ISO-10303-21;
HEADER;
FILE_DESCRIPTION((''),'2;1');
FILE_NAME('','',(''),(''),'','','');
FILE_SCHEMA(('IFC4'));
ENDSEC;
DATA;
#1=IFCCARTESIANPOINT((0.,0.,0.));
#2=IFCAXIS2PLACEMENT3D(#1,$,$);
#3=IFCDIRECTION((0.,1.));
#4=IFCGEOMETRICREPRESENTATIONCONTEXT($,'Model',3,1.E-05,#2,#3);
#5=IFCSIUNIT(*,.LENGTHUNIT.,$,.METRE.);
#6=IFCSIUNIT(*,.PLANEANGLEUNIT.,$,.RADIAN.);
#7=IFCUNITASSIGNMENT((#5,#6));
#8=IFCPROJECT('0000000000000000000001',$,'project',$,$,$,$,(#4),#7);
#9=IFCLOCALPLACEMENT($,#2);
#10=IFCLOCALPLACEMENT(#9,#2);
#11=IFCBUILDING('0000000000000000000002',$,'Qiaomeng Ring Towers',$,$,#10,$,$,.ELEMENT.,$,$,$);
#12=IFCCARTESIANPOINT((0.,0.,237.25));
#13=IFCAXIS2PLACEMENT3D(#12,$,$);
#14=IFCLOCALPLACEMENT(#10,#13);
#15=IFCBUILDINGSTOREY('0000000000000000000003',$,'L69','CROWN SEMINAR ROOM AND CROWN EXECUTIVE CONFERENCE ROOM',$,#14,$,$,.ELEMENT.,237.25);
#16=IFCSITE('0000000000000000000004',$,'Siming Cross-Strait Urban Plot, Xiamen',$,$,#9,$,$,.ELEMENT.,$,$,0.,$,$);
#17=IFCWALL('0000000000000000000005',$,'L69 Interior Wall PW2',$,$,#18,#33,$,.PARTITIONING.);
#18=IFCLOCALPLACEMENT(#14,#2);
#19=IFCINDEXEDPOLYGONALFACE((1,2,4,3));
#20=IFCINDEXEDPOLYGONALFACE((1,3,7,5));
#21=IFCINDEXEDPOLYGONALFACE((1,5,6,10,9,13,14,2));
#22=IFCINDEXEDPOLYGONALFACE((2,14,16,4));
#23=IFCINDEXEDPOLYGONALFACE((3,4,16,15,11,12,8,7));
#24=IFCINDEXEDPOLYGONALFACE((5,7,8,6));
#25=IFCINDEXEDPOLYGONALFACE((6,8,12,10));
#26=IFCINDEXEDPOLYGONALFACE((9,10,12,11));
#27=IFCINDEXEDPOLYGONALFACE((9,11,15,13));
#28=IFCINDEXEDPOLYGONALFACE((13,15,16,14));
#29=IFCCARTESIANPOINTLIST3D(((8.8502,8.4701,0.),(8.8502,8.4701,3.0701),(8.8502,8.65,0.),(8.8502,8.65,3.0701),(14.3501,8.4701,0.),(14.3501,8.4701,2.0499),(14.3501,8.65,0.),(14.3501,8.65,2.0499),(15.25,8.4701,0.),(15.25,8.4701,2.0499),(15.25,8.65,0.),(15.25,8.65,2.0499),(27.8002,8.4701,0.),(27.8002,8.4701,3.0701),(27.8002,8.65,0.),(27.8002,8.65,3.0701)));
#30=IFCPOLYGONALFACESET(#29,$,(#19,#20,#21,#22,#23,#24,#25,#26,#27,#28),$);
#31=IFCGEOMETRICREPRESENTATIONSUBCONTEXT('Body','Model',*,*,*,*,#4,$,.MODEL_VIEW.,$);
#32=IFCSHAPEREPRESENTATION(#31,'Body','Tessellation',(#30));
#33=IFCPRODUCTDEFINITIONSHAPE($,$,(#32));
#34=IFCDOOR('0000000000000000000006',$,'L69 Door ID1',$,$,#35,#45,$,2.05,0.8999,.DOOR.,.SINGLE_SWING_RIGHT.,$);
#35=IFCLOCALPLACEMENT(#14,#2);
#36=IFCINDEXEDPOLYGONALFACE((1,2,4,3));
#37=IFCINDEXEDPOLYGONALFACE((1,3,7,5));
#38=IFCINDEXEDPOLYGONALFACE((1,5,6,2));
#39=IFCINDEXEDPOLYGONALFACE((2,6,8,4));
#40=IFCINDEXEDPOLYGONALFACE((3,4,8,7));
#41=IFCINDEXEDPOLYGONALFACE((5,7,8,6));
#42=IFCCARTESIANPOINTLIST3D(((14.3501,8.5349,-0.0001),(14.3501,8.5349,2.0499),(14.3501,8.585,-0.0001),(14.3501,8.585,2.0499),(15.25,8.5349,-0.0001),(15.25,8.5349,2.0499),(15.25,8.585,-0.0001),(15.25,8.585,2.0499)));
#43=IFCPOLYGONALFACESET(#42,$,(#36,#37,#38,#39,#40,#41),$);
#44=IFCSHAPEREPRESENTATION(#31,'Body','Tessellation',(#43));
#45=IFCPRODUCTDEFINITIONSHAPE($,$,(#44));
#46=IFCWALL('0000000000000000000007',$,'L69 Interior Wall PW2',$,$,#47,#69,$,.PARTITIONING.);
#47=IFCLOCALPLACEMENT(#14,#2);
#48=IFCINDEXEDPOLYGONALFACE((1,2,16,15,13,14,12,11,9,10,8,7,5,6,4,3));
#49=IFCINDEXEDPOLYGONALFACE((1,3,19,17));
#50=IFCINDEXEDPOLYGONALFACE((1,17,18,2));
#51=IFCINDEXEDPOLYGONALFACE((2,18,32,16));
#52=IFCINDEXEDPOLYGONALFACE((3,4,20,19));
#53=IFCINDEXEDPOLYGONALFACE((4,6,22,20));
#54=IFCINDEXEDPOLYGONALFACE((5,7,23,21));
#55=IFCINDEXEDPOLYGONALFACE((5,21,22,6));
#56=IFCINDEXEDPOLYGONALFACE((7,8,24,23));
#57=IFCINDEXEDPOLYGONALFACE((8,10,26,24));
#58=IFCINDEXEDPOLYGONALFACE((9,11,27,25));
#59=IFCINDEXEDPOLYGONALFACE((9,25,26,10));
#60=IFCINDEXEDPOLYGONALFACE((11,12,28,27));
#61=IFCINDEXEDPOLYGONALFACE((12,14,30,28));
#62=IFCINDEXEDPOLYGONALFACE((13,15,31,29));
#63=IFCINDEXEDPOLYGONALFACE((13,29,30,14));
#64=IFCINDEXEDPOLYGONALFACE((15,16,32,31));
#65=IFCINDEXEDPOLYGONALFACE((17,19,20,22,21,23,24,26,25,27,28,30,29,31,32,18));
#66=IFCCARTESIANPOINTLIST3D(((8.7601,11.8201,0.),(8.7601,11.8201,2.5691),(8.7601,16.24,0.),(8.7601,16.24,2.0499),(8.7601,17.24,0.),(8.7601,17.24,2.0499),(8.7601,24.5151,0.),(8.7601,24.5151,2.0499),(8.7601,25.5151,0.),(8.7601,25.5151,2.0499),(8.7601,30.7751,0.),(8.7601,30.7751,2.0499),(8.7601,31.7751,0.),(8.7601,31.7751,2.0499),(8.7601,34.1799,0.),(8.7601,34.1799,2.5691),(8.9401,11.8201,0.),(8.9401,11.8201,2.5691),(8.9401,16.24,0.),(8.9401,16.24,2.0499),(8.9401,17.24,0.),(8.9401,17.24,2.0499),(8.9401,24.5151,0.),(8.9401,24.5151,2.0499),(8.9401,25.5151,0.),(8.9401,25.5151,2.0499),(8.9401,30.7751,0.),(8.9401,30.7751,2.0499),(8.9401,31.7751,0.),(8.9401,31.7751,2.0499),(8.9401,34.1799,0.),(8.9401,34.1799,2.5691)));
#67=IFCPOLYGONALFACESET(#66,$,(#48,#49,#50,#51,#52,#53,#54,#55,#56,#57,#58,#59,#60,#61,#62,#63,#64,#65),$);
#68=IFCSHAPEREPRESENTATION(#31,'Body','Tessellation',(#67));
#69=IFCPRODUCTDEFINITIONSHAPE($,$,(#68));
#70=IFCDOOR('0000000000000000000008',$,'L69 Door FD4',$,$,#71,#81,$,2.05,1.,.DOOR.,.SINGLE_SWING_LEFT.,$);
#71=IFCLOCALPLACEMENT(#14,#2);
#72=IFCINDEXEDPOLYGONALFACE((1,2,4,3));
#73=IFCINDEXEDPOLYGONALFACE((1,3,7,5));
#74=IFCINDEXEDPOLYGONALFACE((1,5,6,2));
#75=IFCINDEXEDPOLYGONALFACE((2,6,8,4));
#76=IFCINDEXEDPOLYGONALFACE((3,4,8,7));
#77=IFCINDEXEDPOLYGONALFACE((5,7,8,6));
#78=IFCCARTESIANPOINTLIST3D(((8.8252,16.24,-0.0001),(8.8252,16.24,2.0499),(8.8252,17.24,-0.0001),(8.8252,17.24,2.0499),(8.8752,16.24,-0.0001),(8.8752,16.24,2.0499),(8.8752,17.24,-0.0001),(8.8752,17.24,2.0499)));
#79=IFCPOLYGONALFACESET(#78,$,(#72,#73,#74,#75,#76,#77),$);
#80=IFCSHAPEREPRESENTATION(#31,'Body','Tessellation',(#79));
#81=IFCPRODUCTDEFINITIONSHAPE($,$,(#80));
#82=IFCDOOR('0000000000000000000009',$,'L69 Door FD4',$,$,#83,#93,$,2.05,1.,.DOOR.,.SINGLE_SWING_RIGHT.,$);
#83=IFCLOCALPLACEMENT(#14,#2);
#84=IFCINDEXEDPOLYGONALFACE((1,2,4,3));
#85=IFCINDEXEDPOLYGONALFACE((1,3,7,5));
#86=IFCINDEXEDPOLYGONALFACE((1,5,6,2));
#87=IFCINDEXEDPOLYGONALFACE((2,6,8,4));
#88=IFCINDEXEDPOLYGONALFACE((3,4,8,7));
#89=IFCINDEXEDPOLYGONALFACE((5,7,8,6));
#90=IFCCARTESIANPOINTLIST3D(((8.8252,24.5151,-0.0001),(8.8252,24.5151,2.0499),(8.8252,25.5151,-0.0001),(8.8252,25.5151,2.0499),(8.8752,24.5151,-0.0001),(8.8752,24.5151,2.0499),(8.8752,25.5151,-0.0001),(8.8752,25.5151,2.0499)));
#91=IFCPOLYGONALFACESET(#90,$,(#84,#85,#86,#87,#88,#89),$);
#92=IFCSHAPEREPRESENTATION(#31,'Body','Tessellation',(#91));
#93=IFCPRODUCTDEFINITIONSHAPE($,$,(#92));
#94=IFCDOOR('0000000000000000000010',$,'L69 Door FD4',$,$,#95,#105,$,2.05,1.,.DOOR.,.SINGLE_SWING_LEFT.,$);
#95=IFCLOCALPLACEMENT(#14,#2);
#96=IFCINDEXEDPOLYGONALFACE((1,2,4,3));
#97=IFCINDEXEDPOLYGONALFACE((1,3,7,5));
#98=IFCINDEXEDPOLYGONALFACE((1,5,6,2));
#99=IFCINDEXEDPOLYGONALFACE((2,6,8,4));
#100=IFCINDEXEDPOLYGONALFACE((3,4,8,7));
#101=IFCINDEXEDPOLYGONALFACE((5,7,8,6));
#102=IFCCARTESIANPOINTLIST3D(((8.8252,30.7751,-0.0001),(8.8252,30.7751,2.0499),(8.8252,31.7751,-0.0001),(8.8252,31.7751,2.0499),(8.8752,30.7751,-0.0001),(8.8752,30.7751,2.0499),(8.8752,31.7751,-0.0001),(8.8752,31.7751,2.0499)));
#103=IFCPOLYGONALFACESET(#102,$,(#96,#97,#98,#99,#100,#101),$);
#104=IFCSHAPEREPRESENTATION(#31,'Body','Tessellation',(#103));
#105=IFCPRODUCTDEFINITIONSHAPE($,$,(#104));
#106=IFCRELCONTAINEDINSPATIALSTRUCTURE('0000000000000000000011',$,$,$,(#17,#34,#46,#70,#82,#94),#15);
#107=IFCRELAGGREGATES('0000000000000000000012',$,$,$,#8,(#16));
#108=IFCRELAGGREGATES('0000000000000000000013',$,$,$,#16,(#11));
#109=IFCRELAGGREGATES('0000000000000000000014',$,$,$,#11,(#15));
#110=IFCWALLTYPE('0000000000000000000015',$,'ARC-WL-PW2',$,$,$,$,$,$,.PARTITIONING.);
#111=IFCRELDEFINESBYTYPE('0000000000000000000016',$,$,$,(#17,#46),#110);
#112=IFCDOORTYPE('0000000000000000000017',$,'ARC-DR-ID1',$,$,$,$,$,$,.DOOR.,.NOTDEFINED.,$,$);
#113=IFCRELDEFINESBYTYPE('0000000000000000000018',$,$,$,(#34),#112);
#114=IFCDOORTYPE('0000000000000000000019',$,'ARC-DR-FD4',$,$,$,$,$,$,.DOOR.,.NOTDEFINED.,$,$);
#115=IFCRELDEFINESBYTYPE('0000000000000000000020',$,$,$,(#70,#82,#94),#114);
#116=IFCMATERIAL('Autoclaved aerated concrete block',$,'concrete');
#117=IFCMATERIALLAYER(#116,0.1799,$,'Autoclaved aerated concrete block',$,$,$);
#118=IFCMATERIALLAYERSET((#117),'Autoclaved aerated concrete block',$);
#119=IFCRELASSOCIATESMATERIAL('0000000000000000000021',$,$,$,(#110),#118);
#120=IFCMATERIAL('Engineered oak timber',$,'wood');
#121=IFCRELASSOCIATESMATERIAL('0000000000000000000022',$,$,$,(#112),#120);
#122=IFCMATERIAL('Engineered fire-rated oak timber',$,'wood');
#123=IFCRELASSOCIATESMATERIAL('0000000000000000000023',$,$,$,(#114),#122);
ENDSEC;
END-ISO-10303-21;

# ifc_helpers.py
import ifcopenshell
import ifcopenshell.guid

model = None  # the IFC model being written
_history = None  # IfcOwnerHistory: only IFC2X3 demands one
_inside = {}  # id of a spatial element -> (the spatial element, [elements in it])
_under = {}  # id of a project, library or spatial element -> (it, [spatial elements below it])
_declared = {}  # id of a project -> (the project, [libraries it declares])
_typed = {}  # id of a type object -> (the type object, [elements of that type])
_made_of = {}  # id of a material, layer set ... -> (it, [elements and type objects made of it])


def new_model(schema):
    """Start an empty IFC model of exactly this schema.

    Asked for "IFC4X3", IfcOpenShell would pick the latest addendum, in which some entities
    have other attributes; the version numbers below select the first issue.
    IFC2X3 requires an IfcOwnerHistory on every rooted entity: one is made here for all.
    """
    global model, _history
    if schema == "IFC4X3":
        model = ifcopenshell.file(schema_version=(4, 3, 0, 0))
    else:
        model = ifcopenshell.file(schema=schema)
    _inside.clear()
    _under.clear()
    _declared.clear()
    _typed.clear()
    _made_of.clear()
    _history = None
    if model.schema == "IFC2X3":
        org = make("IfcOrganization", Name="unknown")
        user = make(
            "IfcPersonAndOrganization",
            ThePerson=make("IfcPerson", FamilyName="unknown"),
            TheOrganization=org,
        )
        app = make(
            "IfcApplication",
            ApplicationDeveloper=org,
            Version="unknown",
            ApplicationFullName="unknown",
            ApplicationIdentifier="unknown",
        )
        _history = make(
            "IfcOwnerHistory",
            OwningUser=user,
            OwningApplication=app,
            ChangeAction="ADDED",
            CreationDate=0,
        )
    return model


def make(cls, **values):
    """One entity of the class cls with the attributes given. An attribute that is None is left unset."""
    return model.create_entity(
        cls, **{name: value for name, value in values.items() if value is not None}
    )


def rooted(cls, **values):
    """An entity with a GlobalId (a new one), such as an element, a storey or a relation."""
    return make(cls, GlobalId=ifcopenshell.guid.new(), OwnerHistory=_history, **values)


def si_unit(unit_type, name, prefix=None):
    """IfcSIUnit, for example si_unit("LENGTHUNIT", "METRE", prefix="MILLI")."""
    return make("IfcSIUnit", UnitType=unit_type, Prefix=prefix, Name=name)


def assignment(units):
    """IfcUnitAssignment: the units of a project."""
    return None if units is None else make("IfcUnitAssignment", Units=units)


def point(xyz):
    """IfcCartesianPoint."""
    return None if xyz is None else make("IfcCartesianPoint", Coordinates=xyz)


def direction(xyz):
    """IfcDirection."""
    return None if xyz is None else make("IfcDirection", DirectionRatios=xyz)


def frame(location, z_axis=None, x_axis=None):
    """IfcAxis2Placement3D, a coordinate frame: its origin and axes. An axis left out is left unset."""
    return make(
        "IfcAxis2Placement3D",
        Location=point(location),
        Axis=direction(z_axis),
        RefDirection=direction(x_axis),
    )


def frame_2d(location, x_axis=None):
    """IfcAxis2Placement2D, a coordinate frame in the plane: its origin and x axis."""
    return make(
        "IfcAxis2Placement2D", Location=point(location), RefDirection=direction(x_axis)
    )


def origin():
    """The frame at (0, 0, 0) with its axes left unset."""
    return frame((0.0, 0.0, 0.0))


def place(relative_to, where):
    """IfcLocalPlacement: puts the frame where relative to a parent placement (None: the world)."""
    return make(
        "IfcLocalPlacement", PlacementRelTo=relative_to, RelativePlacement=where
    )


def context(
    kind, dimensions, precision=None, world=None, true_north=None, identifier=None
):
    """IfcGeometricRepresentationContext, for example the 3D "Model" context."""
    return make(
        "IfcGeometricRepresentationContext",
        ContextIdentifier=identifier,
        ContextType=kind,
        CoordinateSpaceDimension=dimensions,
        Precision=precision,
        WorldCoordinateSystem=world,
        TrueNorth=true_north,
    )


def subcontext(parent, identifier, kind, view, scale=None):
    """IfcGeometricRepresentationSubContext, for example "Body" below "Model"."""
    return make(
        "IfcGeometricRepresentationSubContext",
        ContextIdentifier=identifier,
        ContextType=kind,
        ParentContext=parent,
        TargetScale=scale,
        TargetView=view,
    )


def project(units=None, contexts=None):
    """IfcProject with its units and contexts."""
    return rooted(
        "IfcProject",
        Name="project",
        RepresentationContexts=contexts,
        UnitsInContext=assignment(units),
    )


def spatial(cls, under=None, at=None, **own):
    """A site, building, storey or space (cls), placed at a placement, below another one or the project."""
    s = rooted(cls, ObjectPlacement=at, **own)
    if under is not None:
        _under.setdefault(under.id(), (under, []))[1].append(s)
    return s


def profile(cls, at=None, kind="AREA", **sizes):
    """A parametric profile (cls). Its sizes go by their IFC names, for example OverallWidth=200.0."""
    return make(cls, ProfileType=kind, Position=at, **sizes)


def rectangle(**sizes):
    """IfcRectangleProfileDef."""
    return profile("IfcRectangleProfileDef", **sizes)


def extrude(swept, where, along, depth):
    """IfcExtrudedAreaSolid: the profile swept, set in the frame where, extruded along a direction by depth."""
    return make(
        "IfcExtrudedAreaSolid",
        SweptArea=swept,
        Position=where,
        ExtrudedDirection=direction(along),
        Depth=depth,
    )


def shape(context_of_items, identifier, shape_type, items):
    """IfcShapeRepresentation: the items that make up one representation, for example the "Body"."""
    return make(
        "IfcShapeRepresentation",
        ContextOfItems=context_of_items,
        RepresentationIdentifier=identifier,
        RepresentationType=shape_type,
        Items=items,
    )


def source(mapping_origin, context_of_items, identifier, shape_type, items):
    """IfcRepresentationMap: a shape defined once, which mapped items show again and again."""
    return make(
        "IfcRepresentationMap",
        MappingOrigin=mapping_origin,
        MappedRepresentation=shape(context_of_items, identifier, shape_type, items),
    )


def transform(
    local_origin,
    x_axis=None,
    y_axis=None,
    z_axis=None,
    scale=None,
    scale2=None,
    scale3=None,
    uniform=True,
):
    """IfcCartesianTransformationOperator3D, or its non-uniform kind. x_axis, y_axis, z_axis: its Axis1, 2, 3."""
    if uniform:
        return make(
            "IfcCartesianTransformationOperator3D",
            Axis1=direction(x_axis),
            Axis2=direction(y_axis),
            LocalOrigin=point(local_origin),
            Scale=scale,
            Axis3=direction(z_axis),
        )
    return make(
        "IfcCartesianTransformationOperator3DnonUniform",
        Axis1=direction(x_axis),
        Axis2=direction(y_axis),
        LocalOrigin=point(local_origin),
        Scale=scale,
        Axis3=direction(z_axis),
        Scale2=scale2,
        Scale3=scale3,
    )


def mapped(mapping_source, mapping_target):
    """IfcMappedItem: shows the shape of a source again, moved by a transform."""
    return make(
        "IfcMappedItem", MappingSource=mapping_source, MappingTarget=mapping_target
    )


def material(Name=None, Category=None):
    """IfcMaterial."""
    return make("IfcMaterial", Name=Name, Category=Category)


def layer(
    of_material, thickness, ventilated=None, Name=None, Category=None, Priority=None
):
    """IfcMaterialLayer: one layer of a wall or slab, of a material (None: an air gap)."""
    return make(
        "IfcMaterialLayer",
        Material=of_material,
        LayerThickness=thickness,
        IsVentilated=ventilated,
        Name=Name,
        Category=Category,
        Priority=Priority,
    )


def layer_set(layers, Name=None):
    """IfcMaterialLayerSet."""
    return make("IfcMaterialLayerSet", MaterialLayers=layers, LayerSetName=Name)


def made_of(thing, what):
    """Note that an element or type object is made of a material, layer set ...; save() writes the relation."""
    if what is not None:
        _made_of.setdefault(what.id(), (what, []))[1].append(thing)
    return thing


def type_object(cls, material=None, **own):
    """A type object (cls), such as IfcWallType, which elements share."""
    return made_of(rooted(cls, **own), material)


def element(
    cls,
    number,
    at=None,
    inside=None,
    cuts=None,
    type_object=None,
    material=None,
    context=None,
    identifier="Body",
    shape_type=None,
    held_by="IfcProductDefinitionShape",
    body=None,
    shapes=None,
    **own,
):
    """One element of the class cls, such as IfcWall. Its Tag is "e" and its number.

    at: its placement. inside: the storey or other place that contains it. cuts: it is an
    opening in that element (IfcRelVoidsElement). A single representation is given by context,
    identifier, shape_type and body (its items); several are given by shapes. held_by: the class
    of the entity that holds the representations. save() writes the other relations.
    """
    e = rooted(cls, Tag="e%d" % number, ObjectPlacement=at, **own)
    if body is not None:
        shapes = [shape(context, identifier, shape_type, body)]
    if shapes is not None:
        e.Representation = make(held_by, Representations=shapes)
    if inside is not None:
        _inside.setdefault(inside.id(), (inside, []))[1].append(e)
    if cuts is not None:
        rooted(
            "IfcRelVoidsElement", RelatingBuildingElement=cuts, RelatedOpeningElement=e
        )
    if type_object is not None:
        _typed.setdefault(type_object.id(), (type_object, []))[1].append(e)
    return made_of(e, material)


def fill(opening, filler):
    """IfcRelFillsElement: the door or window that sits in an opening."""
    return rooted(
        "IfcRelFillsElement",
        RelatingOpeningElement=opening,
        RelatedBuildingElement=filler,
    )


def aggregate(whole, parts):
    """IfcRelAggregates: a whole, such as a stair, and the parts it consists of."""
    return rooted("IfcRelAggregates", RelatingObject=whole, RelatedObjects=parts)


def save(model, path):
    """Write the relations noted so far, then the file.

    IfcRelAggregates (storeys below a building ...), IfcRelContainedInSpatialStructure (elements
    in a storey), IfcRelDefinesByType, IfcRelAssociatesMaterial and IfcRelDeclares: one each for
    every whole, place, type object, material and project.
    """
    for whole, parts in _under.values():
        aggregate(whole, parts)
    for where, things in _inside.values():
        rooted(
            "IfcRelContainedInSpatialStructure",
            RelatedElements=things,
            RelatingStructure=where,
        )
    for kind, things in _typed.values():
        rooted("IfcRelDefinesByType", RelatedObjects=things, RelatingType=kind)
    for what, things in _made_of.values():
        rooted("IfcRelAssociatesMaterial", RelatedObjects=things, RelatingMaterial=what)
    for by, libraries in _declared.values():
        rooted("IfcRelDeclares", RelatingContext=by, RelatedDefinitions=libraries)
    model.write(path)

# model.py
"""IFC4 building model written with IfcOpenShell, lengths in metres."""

from ifc_helpers import new_model, si_unit, direction, frame, frame_2d, origin, place, context, subcontext, project, spatial, rectangle, extrude, source, transform, mapped, material, layer, layer_set, type_object, element, fill, save


model = new_model("IFC4")

# Units and contexts
model_context = context("Model", 3, precision=1e-05, world=origin(), true_north=direction((0.0, 1.0)))
body_context = subcontext(model_context, "Body", "Model", "MODEL_VIEW")
ifc_project = project(units=[si_unit("LENGTHUNIT", "METRE"), si_unit("PLANEANGLEUNIT", "RADIAN")], contexts=[model_context])

# Site, building, storey
site_placement = place(None, origin())
site = spatial("IfcSite", under=ifc_project, at=site_placement, Name="Siming Cross-Strait Urban Plot, Xiamen", CompositionType="ELEMENT", RefElevation=0.0)
building_placement = place(site_placement, origin())
building = spatial("IfcBuilding", under=site, at=building_placement, Name="Qiaomeng Ring Towers", CompositionType="ELEMENT")
storey_placement = place(building_placement, frame((0.0, 0.0, 237.25)))
storey = spatial("IfcBuildingStorey", under=building, at=storey_placement, Name="L69", Description="CROWN SEMINAR ROOM AND CROWN EXECUTIVE CONFERENCE ROOM", CompositionType="ELEMENT", Elevation=237.25)

# Shared definitions
ifc_material_1 = material(Name="Autoclaved aerated concrete block", Category="concrete")
ifc_layer_1 = layer(ifc_material_1, 0.1799, Name="Autoclaved aerated concrete block")
ifc_layer_set_1 = layer_set([ifc_layer_1], Name="Autoclaved aerated concrete block")
wall_type_1 = type_object("IfcWallType", Name="ARC-WL-PW2", PredefinedType="PARTITIONING", material=ifc_layer_set_1)

# Wall, opening, door
wall_1_placement = place(storey_placement, frame((8.8501, 8.5601, 0.0), z_axis=(0.0, 0.0, 1.0), x_axis=(1.0, 0.0, 0.0)))
wall_1 = element("IfcWall", 1, at=wall_1_placement, inside=storey, type_object=wall_type_1, Name="L69 Interior Wall PW2", PredefinedType="PARTITIONING", context=body_context, shape_type="SweptSolid", body=[
    extrude(rectangle(XDim=18.95, YDim=0.1799, at=frame_2d((9.4751, 0.0))), origin(), (0.0, 0.0, 1.0), 3.0701),
])
opening_1_placement = place(wall_1_placement, frame((5.5, 0.0, 0.0)))
opening_1 = element("IfcOpeningElement", 2, at=opening_1_placement, cuts=wall_1, PredefinedType="OPENING", context=body_context, shape_type="SweptSolid", body=[
    extrude(rectangle(XDim=0.8999, YDim=2.05, at=frame_2d((0.45, 1.0249))), frame((0.0, 0.0999, 0.0), z_axis=(0.0, -1.0, 0.0), x_axis=(1.0, 0.0, 0.0)), (0.0, 0.0, 1.0), 0.2),
])
ifc_material_2 = material(Name="Engineered oak timber", Category="wood")
door_type_1 = type_object("IfcDoorType", Name="ARC-DR-ID1", OperationType="NOTDEFINED", PredefinedType="DOOR", material=ifc_material_2)
shared_shape_1 = source(origin(), body_context, "Body", "SweptSolid", [
    extrude(rectangle(XDim=0.8999, YDim=2.05, at=frame_2d((0.45, 1.0249))), frame((0.0, 0.0249, 0.0), z_axis=(0.0, -1.0, 0.0), x_axis=(1.0, 0.0, 0.0)), (0.0, 0.0, 1.0), 0.05),
])
door_1_placement = place(opening_1_placement, origin())
door_1 = element("IfcDoor", 3, at=door_1_placement, inside=storey, type_object=door_type_1, Name="L69 Door ID1", OperationType="SINGLE_SWING_RIGHT", OverallHeight=2.05, OverallWidth=0.8999, PredefinedType="DOOR", context=body_context, shape_type="MappedRepresentation", body=[
    mapped(shared_shape_1, transform((0.0, 0.0, 0.0), x_axis=(1.0, 0.0, 0.0), y_axis=(0.0, 1.0, 0.0), z_axis=(0.0, 0.0, 1.0), scale=1.0)),
])
fill(opening_1, door_1)

# Wall, openings, doors
wall_2_placement = place(storey_placement, frame((8.8501, 11.8201, 0.0), z_axis=(0.0, 0.0, 1.0), x_axis=(0.0, 1.0, 0.0)))
wall_2 = element("IfcWall", 4, at=wall_2_placement, inside=storey, type_object=wall_type_1, Name="L69 Interior Wall PW2", PredefinedType="PARTITIONING", context=body_context, shape_type="SweptSolid", body=[
    extrude(rectangle(XDim=22.3599, YDim=0.1799, at=frame_2d((11.1799, 0.0))), origin(), (0.0, 0.0, 1.0), 2.5691),
])
opening_2_placement = place(wall_2_placement, frame((4.4199, 0.0, 0.0)))
opening_2 = element("IfcOpeningElement", 5, at=opening_2_placement, cuts=wall_2, PredefinedType="OPENING", context=body_context, shape_type="SweptSolid", body=[
    extrude(rectangle(XDim=1.0, YDim=2.05, at=frame_2d((0.5, 1.0249))), frame((0.0, 0.0999, 0.0), z_axis=(0.0, -1.0, 0.0), x_axis=(1.0, 0.0, 0.0)), (0.0, 0.0, 1.0), 0.2),
])
opening_3_placement = place(wall_2_placement, frame((12.6951, 0.0, 0.0)))
opening_3 = element("IfcOpeningElement", 6, at=opening_3_placement, cuts=wall_2, PredefinedType="OPENING", context=body_context, shape_type="SweptSolid", body=[
    extrude(rectangle(XDim=1.0, YDim=2.05, at=frame_2d((0.5, 1.0249))), frame((0.0, 0.0999, 0.0), z_axis=(0.0, -1.0, 0.0), x_axis=(1.0, 0.0, 0.0)), (0.0, 0.0, 1.0), 0.2),
])
opening_4_placement = place(wall_2_placement, frame((18.9551, 0.0, 0.0)))
opening_4 = element("IfcOpeningElement", 7, at=opening_4_placement, cuts=wall_2, PredefinedType="OPENING", context=body_context, shape_type="SweptSolid", body=[
    extrude(rectangle(XDim=1.0, YDim=2.05, at=frame_2d((0.5, 1.0249))), frame((0.0, 0.0999, 0.0), z_axis=(0.0, -1.0, 0.0), x_axis=(1.0, 0.0, 0.0)), (0.0, 0.0, 1.0), 0.2),
])
ifc_material_3 = material(Name="Engineered fire-rated oak timber", Category="wood")
door_type_2 = type_object("IfcDoorType", Name="ARC-DR-FD4", OperationType="NOTDEFINED", PredefinedType="DOOR", material=ifc_material_3)
shared_shape_2 = source(origin(), body_context, "Body", "SweptSolid", [
    extrude(rectangle(XDim=1.0, YDim=2.05, at=frame_2d((0.5, 1.0249))), frame((0.0, 0.0249, 0.0), z_axis=(0.0, -1.0, 0.0), x_axis=(1.0, 0.0, 0.0)), (0.0, 0.0, 1.0), 0.05),
])
door_2_placement = place(opening_2_placement, origin())
door_2 = element("IfcDoor", 8, at=door_2_placement, inside=storey, type_object=door_type_2, Name="L69 Door FD4", OperationType="SINGLE_SWING_LEFT", OverallHeight=2.05, OverallWidth=1.0, PredefinedType="DOOR", context=body_context, shape_type="MappedRepresentation", body=[
    mapped(shared_shape_2, transform((0.0, 0.0, 0.0), x_axis=(1.0, 0.0, 0.0), y_axis=(0.0, 1.0, 0.0), z_axis=(0.0, 0.0, 1.0), scale=1.0)),
])
fill(opening_2, door_2)
door_3_placement = place(opening_3_placement, origin())
door_3 = element("IfcDoor", 9, at=door_3_placement, inside=storey, type_object=door_type_2, Name="L69 Door FD4", OperationType="SINGLE_SWING_RIGHT", OverallHeight=2.05, OverallWidth=1.0, PredefinedType="DOOR", context=body_context, shape_type="MappedRepresentation", body=[
    mapped(shared_shape_2, transform((0.0, 0.0, 0.0), x_axis=(1.0, 0.0, 0.0), y_axis=(0.0, 1.0, 0.0), z_axis=(0.0, 0.0, 1.0), scale=1.0)),
])
fill(opening_3, door_3)
door_4_placement = place(opening_4_placement, origin())
door_4 = element("IfcDoor", 10, at=door_4_placement, inside=storey, type_object=door_type_2, Name="L69 Door FD4", OperationType="SINGLE_SWING_LEFT", OverallHeight=2.05, OverallWidth=1.0, PredefinedType="DOOR", context=body_context, shape_type="MappedRepresentation", body=[
    mapped(shared_shape_2, transform((0.0, 0.0, 0.0), x_axis=(1.0, 0.0, 0.0), y_axis=(0.0, 1.0, 0.0), z_axis=(0.0, 0.0, 1.0), scale=1.0)),
])
fill(opening_4, door_4)

save(model, "model.ifc")
